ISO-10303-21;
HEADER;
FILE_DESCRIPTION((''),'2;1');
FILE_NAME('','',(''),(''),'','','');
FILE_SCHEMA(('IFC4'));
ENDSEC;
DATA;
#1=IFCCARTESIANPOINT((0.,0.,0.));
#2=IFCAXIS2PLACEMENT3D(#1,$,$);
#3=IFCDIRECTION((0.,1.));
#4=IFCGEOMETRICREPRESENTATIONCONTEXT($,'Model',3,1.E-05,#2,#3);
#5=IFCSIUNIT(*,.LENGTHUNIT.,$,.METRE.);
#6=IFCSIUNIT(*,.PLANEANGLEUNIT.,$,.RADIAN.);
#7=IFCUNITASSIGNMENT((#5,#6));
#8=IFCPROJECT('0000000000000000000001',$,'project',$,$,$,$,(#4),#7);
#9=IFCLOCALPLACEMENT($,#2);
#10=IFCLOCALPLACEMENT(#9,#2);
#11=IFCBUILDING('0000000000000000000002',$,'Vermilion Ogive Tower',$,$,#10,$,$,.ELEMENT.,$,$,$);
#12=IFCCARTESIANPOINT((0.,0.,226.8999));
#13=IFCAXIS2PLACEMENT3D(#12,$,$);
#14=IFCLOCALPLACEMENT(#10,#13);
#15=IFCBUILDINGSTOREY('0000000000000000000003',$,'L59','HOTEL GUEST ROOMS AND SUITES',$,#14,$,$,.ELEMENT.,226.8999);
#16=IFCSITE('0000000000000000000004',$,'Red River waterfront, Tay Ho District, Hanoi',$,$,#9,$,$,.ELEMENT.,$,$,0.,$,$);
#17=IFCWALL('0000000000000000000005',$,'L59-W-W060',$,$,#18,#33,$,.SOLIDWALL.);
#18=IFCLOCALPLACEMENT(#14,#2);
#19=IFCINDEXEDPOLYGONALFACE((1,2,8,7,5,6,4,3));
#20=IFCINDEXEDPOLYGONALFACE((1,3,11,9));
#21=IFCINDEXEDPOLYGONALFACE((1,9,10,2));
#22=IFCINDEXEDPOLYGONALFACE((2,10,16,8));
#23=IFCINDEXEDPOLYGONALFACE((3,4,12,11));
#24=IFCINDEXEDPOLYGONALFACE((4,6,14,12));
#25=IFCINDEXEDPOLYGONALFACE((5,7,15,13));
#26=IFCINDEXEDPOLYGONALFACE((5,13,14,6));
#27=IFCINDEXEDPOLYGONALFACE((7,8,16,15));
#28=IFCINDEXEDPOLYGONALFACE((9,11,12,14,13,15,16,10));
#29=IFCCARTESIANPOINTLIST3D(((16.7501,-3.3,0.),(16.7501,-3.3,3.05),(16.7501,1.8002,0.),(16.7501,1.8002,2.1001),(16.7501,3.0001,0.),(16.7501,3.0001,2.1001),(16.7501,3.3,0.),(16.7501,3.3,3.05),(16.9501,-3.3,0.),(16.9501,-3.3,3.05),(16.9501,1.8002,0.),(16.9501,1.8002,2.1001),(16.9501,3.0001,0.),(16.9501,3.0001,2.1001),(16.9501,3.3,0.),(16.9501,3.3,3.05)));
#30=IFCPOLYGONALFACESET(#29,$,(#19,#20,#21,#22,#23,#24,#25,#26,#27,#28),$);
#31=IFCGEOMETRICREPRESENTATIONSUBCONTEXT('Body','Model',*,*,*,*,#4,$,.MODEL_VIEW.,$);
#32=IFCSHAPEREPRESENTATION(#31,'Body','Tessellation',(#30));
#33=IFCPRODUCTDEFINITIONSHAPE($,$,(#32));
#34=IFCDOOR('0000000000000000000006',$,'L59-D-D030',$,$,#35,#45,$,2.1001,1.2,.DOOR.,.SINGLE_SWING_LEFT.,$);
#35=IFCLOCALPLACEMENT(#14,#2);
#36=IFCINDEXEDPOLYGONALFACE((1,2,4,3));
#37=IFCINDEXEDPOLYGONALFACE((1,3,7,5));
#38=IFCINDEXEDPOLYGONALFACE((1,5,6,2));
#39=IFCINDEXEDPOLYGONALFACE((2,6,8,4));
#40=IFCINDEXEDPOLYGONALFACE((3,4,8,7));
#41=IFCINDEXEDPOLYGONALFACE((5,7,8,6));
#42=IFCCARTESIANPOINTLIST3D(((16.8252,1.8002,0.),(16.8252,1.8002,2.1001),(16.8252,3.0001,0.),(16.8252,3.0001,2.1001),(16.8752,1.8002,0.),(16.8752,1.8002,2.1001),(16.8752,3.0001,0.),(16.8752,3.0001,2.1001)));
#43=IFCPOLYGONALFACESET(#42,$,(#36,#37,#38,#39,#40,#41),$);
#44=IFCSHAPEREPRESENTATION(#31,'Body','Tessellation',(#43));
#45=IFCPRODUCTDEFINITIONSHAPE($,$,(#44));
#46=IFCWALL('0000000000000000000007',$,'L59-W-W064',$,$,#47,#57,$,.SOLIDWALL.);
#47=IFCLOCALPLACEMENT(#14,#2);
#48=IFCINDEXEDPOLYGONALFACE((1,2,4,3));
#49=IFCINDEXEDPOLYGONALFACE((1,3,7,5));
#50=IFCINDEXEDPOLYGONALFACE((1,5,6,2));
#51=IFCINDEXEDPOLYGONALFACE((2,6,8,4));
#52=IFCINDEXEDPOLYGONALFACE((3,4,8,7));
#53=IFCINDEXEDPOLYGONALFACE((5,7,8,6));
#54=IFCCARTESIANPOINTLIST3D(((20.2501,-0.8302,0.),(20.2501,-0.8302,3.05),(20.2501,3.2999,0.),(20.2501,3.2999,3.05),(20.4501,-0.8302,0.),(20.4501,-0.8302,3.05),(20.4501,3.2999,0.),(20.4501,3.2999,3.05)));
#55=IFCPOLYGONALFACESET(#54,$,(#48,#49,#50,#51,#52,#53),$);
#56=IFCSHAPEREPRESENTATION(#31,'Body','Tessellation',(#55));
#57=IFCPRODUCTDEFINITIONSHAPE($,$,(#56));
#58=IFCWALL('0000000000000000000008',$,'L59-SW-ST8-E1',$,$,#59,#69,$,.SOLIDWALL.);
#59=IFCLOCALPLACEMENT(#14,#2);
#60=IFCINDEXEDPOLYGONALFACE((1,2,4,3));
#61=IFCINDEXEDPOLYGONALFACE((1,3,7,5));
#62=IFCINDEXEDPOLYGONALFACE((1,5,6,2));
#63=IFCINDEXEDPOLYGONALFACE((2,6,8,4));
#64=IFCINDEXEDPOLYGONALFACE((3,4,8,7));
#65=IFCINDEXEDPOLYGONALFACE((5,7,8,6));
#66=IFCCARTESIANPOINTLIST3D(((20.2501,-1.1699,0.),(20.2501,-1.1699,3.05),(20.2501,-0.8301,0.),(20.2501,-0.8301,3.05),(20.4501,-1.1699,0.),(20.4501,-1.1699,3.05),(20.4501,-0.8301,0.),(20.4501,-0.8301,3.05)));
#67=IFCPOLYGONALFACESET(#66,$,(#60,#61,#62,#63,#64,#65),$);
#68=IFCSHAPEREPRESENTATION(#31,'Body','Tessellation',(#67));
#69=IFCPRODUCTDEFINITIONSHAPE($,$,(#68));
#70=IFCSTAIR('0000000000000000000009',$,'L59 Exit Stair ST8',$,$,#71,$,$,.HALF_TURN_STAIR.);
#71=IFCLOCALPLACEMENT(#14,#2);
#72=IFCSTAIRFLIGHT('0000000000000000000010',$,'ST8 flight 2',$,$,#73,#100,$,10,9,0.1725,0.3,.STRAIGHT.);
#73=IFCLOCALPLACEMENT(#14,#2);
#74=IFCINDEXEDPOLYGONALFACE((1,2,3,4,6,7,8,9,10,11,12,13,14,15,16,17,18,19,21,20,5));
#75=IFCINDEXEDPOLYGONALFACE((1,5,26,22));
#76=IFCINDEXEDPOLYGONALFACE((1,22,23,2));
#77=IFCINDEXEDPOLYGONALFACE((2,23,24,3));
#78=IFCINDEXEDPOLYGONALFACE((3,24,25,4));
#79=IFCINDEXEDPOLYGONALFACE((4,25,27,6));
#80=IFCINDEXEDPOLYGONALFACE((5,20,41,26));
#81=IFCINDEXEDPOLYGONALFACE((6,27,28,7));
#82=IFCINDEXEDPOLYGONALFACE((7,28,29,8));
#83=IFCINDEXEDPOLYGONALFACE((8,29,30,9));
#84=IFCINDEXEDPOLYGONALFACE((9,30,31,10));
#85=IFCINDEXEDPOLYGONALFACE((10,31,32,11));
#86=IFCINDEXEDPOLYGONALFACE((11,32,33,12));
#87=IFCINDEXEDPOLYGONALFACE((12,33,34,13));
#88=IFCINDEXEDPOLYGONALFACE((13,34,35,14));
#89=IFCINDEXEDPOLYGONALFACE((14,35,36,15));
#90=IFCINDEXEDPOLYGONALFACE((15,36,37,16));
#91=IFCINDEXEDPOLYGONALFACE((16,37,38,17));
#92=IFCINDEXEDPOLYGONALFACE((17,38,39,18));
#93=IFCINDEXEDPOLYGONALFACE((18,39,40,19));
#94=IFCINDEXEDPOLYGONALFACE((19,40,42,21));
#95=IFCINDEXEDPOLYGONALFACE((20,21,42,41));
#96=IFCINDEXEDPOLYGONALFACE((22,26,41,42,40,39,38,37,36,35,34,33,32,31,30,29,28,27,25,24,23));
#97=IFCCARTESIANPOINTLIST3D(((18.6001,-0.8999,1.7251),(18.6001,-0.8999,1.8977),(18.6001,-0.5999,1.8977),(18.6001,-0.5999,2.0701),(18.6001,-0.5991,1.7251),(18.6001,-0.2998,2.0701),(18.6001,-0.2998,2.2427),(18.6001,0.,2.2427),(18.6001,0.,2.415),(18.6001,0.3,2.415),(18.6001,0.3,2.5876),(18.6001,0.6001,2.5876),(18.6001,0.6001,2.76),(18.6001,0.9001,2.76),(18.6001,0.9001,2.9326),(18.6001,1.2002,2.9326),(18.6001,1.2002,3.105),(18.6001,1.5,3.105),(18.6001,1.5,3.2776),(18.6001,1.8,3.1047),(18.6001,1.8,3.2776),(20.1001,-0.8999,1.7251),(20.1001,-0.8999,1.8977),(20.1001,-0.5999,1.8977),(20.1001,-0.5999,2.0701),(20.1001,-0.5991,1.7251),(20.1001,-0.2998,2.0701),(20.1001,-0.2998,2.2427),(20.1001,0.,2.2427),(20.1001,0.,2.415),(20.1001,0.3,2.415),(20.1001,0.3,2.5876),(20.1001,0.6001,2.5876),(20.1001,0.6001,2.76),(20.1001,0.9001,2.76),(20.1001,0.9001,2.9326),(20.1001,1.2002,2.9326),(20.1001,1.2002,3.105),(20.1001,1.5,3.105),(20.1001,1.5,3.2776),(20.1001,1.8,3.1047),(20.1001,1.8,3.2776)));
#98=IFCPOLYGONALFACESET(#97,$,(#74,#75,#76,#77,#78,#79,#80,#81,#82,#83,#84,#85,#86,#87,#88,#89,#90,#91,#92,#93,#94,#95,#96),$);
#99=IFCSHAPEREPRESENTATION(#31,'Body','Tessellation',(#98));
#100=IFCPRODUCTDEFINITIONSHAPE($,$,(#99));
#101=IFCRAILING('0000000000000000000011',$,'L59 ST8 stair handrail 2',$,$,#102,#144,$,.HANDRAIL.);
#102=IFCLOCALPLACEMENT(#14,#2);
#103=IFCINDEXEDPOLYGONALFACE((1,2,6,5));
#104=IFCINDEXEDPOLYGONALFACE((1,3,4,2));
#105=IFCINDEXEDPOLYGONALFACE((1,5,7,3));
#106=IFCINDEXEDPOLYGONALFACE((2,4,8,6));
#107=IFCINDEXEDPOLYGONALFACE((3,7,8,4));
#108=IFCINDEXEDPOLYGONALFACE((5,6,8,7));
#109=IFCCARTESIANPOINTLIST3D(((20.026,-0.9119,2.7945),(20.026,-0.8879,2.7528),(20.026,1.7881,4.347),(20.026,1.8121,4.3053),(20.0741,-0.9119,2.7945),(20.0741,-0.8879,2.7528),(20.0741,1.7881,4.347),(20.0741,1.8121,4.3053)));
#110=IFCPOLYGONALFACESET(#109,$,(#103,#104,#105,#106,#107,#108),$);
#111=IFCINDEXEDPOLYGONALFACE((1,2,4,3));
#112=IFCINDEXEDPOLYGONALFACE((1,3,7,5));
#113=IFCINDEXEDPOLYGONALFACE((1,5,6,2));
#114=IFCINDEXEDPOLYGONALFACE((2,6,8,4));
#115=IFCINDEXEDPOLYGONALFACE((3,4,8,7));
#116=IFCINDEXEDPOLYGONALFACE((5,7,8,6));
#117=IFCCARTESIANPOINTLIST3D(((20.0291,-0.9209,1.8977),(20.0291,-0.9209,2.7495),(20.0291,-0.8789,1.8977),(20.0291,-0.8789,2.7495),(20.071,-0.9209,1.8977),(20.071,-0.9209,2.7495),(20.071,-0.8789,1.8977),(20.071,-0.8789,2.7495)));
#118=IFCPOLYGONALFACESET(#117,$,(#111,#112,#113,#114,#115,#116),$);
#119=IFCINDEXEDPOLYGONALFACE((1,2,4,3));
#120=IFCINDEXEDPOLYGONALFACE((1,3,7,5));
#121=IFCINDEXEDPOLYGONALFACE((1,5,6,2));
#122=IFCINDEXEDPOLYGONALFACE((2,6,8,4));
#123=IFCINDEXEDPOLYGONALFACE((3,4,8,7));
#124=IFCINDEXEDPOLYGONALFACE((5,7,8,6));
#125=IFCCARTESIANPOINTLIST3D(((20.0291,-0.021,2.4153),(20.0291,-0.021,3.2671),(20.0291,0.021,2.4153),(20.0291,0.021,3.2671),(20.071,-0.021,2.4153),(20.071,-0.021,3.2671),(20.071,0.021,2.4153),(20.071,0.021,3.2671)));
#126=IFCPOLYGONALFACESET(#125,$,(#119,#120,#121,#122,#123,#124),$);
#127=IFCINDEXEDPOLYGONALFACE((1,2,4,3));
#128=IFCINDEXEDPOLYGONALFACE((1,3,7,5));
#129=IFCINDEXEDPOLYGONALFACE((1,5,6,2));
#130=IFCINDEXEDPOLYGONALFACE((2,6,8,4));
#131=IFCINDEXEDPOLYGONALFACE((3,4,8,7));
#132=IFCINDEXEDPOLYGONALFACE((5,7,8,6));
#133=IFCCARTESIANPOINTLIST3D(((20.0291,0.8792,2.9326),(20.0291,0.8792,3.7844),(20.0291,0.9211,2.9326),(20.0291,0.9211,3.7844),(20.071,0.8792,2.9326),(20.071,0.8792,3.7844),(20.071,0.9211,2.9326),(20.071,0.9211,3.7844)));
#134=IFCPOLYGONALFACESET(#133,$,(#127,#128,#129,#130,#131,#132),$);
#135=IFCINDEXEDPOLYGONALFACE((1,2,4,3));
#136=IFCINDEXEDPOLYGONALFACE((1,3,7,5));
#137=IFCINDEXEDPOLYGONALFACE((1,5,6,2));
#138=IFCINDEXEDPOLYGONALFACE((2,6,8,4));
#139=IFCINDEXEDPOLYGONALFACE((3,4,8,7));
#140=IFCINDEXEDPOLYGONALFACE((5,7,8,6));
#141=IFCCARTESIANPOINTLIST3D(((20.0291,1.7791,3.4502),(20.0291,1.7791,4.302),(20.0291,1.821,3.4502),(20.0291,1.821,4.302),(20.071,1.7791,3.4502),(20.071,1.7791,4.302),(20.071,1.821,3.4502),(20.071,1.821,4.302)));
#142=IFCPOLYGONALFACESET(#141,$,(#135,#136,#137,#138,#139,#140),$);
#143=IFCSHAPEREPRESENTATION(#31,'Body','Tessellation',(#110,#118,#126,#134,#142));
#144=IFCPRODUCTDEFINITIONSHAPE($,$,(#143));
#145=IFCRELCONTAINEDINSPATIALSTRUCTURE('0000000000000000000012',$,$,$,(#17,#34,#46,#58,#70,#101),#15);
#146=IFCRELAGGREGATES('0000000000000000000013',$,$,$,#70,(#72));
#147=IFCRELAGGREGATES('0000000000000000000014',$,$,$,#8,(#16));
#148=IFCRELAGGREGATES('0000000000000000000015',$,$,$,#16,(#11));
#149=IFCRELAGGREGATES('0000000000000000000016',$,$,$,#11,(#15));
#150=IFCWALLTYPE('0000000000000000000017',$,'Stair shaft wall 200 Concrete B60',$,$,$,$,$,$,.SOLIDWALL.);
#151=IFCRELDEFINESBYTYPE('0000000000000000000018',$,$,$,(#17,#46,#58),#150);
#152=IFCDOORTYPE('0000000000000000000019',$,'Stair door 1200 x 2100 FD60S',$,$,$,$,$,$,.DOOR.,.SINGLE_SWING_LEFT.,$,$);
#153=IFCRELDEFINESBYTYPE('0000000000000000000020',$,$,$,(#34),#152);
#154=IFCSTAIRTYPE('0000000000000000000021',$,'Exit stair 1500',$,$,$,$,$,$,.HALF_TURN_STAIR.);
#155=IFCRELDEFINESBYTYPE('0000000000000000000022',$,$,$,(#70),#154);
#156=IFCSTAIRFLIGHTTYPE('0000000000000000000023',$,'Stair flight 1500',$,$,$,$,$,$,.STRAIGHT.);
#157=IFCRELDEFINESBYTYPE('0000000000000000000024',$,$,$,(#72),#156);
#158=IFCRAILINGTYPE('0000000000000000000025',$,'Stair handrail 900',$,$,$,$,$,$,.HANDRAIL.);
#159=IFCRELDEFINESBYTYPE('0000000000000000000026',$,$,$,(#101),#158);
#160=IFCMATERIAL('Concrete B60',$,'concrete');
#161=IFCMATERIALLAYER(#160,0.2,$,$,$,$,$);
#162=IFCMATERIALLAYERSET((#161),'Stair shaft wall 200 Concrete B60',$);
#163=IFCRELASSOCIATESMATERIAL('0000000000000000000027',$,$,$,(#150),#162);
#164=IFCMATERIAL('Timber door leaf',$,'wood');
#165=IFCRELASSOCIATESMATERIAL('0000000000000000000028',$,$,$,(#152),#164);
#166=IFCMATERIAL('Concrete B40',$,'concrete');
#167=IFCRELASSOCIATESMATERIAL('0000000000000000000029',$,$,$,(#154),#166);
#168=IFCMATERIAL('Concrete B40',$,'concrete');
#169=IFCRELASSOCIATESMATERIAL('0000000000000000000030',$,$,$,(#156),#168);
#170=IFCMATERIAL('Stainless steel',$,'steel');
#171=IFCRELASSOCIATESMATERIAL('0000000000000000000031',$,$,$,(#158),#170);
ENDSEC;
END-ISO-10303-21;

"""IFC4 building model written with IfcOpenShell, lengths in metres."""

from ifc_helpers import new_model, si_unit, direction, frame, frame_2d, origin, origin_2d, place, context, subcontext, project, spatial, polyline, rectangle, outline, extrude, material, layer, layer_set, type_object, element, fill, aggregate, save


model = new_model("IFC4")

# Units and contexts
model_context = context("Model", 3, precision=1e-05, world=origin(), true_north=direction((0.0, 1.0)))
body_context = subcontext(model_context, "Body", "Model", "MODEL_VIEW")
ifc_project = project(units=[si_unit("LENGTHUNIT", "METRE"), si_unit("PLANEANGLEUNIT", "RADIAN")], contexts=[model_context])

# Site, building, storey
site_placement = place(None, origin())
site = spatial("IfcSite", under=ifc_project, at=site_placement, Name="Red River waterfront, Tay Ho District, Hanoi", CompositionType="ELEMENT", RefElevation=0.0)
building_placement = place(site_placement, origin())
building = spatial("IfcBuilding", under=site, at=building_placement, Name="Vermilion Ogive Tower", CompositionType="ELEMENT")
storey_placement = place(building_placement, frame((0.0, 0.0, 226.8999)))
storey = spatial("IfcBuildingStorey", under=building, at=storey_placement, Name="L59", Description="HOTEL GUEST ROOMS AND SUITES", CompositionType="ELEMENT", Elevation=226.8999)

# Shared definitions
ifc_material_1 = material(Name="Concrete B60", Category="concrete")
ifc_layer_1 = layer(ifc_material_1, 0.2)
ifc_layer_set_1 = layer_set([ifc_layer_1], Name="Stair shaft wall 200 Concrete B60")
wall_type_1 = type_object("IfcWallType", Name="Stair shaft wall 200 Concrete B60", PredefinedType="SOLIDWALL", material=ifc_layer_set_1)

# Wall, opening, door
wall_1_placement = place(storey_placement, frame((16.8501, -3.3, 0.0), z_axis=(0.0, 0.0, 1.0), x_axis=(0.0, 1.0, 0.0)))
wall_1 = element("IfcWall", 1, at=wall_1_placement, inside=storey, type_object=wall_type_1, Name="L59-W-W060", PredefinedType="SOLIDWALL", context=body_context, shape_type="SweptSolid", body=[
    extrude(rectangle(XDim=6.6001, YDim=0.2, at=frame_2d((3.3, 0.0))), origin(), (0.0, 0.0, 1.0), 3.05),
])
opening_1_placement = place(wall_1_placement, frame((5.1001, 0.0, 0.0)))
opening_1 = element("IfcOpeningElement", 2, at=opening_1_placement, cuts=wall_1, PredefinedType="OPENING", context=body_context, shape_type="SweptSolid", body=[
    extrude(rectangle(XDim=1.2, YDim=2.1001, at=frame_2d((0.6001, 1.05))), frame((0.0, 0.1099, 0.0), z_axis=(0.0, -1.0, 0.0), x_axis=(1.0, 0.0, 0.0)), (0.0, 0.0, 1.0), 0.22),
])
ifc_material_2 = material(Name="Timber door leaf", Category="wood")
door_type_1 = type_object("IfcDoorType", Name="Stair door 1200 x 2100 FD60S", OperationType="SINGLE_SWING_LEFT", PredefinedType="DOOR", material=ifc_material_2)
door_1_placement = place(opening_1_placement, origin())
door_1 = element("IfcDoor", 3, at=door_1_placement, inside=storey, type_object=door_type_1, Name="L59-D-D030", OperationType="SINGLE_SWING_LEFT", OverallHeight=2.1001, OverallWidth=1.2, PredefinedType="DOOR", context=body_context, shape_type="SweptSolid", body=[
    extrude(rectangle(XDim=1.2, YDim=2.1001, at=frame_2d((0.6001, 1.05))), frame((0.0, 0.0249, 0.0), z_axis=(0.0, -1.0, 0.0), x_axis=(1.0, 0.0, 0.0)), (0.0, 0.0, 1.0), 0.05),
])
fill(opening_1, door_1)

# Walls
wall_2_placement = place(storey_placement, frame((20.3501, -0.8301, 0.0), z_axis=(0.0, 0.0, 1.0), x_axis=(0.0, 1.0, 0.0)))
element("IfcWall", 4, at=wall_2_placement, inside=storey, type_object=wall_type_1, Name="L59-W-W064", PredefinedType="SOLIDWALL", context=body_context, shape_type="SweptSolid", body=[
    extrude(rectangle(XDim=4.1301, YDim=0.2, at=frame_2d((2.0649, 0.0))), origin(), (0.0, 0.0, 1.0), 3.05),
])
wall_3_placement = place(storey_placement, frame((20.3501, -1.1699, 0.0), z_axis=(0.0, 0.0, 1.0), x_axis=(0.0, 1.0, 0.0)))
element("IfcWall", 5, at=wall_3_placement, inside=storey, type_object=wall_type_1, Name="L59-SW-ST8-E1", PredefinedType="SOLIDWALL", context=body_context, shape_type="SweptSolid", body=[
    extrude(rectangle(XDim=0.3398, YDim=0.2, at=frame_2d((0.1699, 0.0))), origin(), (0.0, 0.0, 1.0), 3.05),
])

# Stair, stair flight
ifc_material_3 = material(Name="Concrete B40", Category="concrete")
stair_type = type_object("IfcStairType", Name="Exit stair 1500", PredefinedType="HALF_TURN_STAIR", material=ifc_material_3)
stair_placement = place(storey_placement, origin())
stair = element("IfcStair", 6, at=stair_placement, inside=storey, type_object=stair_type, Name="L59 Exit Stair ST8", PredefinedType="HALF_TURN_STAIR")
ifc_material_4 = material(Name="Concrete B40", Category="concrete")
stair_flight_type = type_object("IfcStairFlightType", Name="Stair flight 1500", PredefinedType="STRAIGHT", material=ifc_material_4)
stair_flight_placement = place(storey_placement, frame((19.3501, -0.8999, 1.7251), z_axis=(0.0, 0.0, 1.0), x_axis=(0.0, 1.0, 0.0)))
stair_flight = element("IfcStairFlight", 7, at=stair_flight_placement, type_object=stair_flight_type, Name="ST8 flight 2", NumberOfRisers=10, NumberOfTreads=9, PredefinedType="STRAIGHT", RiserHeight=0.1725, TreadLength=0.3, context=body_context, shape_type="SweptSolid", body=[
    extrude(outline(polyline([(0.0, 0.0), (0.0, 0.1726), (0.3, 0.1726), (0.3, 0.345), (0.6001, 0.345), (0.6001, 0.5176), (0.8999, 0.5176), (0.8999, 0.6899), (1.2, 0.6899), (1.2, 0.8625), (1.5, 0.8625), (1.5, 1.0349), (1.8, 1.0349), (1.8, 1.2075), (2.1001, 1.2075), (2.1001, 1.3799), (2.3999, 1.3799), (2.3999, 1.5525), (2.7, 1.5525), (2.7, 1.7251), (2.7, 1.3796), (0.3008, 0.0), (0.0, 0.0)])), frame((0.0, 0.75, 0.0), z_axis=(0.0, -1.0, 0.0), x_axis=(1.0, 0.0, 0.0)), (0.0, 0.0, 1.0), 1.5),
])
aggregate(stair, [stair_flight])

# Railing
ifc_material_5 = material(Name="Stainless steel", Category="steel")
railing_type = type_object("IfcRailingType", Name="Stair handrail 900", PredefinedType="HANDRAIL", material=ifc_material_5)
railing_placement = place(storey_placement, frame((20.05, -0.8999, 1.8977)))
element("IfcRailing", 8, at=railing_placement, inside=storey, type_object=railing_type, Name="L59 ST8 stair handrail 2", PredefinedType="HANDRAIL", context=body_context, shape_type="SweptSolid", body=[
    extrude(rectangle(XDim=0.0481, YDim=0.0481, at=origin_2d()), frame((0.0, 0.0, 0.876), z_axis=(0.0, 0.866904, 0.498476), x_axis=(-1.0, 0.0, 0.0)), (0.0, 0.0, 1.0), 3.1145),
    extrude(rectangle(XDim=0.042, YDim=0.042, at=origin_2d()), origin(), (0.0, 0.0, 1.0), 0.8518),
    extrude(rectangle(XDim=0.042, YDim=0.042, at=origin_2d()), frame((0.0, 0.8999, 0.5176)), (0.0, 0.0, 1.0), 0.8518),
    extrude(rectangle(XDim=0.042, YDim=0.042, at=origin_2d()), frame((0.0, 1.8, 1.0349)), (0.0, 0.0, 1.0), 0.8518),
    extrude(rectangle(XDim=0.042, YDim=0.042, at=origin_2d()), frame((0.0, 2.7, 1.5525)), (0.0, 0.0, 1.0), 0.8518),
])

save(model, "model.ifc")
